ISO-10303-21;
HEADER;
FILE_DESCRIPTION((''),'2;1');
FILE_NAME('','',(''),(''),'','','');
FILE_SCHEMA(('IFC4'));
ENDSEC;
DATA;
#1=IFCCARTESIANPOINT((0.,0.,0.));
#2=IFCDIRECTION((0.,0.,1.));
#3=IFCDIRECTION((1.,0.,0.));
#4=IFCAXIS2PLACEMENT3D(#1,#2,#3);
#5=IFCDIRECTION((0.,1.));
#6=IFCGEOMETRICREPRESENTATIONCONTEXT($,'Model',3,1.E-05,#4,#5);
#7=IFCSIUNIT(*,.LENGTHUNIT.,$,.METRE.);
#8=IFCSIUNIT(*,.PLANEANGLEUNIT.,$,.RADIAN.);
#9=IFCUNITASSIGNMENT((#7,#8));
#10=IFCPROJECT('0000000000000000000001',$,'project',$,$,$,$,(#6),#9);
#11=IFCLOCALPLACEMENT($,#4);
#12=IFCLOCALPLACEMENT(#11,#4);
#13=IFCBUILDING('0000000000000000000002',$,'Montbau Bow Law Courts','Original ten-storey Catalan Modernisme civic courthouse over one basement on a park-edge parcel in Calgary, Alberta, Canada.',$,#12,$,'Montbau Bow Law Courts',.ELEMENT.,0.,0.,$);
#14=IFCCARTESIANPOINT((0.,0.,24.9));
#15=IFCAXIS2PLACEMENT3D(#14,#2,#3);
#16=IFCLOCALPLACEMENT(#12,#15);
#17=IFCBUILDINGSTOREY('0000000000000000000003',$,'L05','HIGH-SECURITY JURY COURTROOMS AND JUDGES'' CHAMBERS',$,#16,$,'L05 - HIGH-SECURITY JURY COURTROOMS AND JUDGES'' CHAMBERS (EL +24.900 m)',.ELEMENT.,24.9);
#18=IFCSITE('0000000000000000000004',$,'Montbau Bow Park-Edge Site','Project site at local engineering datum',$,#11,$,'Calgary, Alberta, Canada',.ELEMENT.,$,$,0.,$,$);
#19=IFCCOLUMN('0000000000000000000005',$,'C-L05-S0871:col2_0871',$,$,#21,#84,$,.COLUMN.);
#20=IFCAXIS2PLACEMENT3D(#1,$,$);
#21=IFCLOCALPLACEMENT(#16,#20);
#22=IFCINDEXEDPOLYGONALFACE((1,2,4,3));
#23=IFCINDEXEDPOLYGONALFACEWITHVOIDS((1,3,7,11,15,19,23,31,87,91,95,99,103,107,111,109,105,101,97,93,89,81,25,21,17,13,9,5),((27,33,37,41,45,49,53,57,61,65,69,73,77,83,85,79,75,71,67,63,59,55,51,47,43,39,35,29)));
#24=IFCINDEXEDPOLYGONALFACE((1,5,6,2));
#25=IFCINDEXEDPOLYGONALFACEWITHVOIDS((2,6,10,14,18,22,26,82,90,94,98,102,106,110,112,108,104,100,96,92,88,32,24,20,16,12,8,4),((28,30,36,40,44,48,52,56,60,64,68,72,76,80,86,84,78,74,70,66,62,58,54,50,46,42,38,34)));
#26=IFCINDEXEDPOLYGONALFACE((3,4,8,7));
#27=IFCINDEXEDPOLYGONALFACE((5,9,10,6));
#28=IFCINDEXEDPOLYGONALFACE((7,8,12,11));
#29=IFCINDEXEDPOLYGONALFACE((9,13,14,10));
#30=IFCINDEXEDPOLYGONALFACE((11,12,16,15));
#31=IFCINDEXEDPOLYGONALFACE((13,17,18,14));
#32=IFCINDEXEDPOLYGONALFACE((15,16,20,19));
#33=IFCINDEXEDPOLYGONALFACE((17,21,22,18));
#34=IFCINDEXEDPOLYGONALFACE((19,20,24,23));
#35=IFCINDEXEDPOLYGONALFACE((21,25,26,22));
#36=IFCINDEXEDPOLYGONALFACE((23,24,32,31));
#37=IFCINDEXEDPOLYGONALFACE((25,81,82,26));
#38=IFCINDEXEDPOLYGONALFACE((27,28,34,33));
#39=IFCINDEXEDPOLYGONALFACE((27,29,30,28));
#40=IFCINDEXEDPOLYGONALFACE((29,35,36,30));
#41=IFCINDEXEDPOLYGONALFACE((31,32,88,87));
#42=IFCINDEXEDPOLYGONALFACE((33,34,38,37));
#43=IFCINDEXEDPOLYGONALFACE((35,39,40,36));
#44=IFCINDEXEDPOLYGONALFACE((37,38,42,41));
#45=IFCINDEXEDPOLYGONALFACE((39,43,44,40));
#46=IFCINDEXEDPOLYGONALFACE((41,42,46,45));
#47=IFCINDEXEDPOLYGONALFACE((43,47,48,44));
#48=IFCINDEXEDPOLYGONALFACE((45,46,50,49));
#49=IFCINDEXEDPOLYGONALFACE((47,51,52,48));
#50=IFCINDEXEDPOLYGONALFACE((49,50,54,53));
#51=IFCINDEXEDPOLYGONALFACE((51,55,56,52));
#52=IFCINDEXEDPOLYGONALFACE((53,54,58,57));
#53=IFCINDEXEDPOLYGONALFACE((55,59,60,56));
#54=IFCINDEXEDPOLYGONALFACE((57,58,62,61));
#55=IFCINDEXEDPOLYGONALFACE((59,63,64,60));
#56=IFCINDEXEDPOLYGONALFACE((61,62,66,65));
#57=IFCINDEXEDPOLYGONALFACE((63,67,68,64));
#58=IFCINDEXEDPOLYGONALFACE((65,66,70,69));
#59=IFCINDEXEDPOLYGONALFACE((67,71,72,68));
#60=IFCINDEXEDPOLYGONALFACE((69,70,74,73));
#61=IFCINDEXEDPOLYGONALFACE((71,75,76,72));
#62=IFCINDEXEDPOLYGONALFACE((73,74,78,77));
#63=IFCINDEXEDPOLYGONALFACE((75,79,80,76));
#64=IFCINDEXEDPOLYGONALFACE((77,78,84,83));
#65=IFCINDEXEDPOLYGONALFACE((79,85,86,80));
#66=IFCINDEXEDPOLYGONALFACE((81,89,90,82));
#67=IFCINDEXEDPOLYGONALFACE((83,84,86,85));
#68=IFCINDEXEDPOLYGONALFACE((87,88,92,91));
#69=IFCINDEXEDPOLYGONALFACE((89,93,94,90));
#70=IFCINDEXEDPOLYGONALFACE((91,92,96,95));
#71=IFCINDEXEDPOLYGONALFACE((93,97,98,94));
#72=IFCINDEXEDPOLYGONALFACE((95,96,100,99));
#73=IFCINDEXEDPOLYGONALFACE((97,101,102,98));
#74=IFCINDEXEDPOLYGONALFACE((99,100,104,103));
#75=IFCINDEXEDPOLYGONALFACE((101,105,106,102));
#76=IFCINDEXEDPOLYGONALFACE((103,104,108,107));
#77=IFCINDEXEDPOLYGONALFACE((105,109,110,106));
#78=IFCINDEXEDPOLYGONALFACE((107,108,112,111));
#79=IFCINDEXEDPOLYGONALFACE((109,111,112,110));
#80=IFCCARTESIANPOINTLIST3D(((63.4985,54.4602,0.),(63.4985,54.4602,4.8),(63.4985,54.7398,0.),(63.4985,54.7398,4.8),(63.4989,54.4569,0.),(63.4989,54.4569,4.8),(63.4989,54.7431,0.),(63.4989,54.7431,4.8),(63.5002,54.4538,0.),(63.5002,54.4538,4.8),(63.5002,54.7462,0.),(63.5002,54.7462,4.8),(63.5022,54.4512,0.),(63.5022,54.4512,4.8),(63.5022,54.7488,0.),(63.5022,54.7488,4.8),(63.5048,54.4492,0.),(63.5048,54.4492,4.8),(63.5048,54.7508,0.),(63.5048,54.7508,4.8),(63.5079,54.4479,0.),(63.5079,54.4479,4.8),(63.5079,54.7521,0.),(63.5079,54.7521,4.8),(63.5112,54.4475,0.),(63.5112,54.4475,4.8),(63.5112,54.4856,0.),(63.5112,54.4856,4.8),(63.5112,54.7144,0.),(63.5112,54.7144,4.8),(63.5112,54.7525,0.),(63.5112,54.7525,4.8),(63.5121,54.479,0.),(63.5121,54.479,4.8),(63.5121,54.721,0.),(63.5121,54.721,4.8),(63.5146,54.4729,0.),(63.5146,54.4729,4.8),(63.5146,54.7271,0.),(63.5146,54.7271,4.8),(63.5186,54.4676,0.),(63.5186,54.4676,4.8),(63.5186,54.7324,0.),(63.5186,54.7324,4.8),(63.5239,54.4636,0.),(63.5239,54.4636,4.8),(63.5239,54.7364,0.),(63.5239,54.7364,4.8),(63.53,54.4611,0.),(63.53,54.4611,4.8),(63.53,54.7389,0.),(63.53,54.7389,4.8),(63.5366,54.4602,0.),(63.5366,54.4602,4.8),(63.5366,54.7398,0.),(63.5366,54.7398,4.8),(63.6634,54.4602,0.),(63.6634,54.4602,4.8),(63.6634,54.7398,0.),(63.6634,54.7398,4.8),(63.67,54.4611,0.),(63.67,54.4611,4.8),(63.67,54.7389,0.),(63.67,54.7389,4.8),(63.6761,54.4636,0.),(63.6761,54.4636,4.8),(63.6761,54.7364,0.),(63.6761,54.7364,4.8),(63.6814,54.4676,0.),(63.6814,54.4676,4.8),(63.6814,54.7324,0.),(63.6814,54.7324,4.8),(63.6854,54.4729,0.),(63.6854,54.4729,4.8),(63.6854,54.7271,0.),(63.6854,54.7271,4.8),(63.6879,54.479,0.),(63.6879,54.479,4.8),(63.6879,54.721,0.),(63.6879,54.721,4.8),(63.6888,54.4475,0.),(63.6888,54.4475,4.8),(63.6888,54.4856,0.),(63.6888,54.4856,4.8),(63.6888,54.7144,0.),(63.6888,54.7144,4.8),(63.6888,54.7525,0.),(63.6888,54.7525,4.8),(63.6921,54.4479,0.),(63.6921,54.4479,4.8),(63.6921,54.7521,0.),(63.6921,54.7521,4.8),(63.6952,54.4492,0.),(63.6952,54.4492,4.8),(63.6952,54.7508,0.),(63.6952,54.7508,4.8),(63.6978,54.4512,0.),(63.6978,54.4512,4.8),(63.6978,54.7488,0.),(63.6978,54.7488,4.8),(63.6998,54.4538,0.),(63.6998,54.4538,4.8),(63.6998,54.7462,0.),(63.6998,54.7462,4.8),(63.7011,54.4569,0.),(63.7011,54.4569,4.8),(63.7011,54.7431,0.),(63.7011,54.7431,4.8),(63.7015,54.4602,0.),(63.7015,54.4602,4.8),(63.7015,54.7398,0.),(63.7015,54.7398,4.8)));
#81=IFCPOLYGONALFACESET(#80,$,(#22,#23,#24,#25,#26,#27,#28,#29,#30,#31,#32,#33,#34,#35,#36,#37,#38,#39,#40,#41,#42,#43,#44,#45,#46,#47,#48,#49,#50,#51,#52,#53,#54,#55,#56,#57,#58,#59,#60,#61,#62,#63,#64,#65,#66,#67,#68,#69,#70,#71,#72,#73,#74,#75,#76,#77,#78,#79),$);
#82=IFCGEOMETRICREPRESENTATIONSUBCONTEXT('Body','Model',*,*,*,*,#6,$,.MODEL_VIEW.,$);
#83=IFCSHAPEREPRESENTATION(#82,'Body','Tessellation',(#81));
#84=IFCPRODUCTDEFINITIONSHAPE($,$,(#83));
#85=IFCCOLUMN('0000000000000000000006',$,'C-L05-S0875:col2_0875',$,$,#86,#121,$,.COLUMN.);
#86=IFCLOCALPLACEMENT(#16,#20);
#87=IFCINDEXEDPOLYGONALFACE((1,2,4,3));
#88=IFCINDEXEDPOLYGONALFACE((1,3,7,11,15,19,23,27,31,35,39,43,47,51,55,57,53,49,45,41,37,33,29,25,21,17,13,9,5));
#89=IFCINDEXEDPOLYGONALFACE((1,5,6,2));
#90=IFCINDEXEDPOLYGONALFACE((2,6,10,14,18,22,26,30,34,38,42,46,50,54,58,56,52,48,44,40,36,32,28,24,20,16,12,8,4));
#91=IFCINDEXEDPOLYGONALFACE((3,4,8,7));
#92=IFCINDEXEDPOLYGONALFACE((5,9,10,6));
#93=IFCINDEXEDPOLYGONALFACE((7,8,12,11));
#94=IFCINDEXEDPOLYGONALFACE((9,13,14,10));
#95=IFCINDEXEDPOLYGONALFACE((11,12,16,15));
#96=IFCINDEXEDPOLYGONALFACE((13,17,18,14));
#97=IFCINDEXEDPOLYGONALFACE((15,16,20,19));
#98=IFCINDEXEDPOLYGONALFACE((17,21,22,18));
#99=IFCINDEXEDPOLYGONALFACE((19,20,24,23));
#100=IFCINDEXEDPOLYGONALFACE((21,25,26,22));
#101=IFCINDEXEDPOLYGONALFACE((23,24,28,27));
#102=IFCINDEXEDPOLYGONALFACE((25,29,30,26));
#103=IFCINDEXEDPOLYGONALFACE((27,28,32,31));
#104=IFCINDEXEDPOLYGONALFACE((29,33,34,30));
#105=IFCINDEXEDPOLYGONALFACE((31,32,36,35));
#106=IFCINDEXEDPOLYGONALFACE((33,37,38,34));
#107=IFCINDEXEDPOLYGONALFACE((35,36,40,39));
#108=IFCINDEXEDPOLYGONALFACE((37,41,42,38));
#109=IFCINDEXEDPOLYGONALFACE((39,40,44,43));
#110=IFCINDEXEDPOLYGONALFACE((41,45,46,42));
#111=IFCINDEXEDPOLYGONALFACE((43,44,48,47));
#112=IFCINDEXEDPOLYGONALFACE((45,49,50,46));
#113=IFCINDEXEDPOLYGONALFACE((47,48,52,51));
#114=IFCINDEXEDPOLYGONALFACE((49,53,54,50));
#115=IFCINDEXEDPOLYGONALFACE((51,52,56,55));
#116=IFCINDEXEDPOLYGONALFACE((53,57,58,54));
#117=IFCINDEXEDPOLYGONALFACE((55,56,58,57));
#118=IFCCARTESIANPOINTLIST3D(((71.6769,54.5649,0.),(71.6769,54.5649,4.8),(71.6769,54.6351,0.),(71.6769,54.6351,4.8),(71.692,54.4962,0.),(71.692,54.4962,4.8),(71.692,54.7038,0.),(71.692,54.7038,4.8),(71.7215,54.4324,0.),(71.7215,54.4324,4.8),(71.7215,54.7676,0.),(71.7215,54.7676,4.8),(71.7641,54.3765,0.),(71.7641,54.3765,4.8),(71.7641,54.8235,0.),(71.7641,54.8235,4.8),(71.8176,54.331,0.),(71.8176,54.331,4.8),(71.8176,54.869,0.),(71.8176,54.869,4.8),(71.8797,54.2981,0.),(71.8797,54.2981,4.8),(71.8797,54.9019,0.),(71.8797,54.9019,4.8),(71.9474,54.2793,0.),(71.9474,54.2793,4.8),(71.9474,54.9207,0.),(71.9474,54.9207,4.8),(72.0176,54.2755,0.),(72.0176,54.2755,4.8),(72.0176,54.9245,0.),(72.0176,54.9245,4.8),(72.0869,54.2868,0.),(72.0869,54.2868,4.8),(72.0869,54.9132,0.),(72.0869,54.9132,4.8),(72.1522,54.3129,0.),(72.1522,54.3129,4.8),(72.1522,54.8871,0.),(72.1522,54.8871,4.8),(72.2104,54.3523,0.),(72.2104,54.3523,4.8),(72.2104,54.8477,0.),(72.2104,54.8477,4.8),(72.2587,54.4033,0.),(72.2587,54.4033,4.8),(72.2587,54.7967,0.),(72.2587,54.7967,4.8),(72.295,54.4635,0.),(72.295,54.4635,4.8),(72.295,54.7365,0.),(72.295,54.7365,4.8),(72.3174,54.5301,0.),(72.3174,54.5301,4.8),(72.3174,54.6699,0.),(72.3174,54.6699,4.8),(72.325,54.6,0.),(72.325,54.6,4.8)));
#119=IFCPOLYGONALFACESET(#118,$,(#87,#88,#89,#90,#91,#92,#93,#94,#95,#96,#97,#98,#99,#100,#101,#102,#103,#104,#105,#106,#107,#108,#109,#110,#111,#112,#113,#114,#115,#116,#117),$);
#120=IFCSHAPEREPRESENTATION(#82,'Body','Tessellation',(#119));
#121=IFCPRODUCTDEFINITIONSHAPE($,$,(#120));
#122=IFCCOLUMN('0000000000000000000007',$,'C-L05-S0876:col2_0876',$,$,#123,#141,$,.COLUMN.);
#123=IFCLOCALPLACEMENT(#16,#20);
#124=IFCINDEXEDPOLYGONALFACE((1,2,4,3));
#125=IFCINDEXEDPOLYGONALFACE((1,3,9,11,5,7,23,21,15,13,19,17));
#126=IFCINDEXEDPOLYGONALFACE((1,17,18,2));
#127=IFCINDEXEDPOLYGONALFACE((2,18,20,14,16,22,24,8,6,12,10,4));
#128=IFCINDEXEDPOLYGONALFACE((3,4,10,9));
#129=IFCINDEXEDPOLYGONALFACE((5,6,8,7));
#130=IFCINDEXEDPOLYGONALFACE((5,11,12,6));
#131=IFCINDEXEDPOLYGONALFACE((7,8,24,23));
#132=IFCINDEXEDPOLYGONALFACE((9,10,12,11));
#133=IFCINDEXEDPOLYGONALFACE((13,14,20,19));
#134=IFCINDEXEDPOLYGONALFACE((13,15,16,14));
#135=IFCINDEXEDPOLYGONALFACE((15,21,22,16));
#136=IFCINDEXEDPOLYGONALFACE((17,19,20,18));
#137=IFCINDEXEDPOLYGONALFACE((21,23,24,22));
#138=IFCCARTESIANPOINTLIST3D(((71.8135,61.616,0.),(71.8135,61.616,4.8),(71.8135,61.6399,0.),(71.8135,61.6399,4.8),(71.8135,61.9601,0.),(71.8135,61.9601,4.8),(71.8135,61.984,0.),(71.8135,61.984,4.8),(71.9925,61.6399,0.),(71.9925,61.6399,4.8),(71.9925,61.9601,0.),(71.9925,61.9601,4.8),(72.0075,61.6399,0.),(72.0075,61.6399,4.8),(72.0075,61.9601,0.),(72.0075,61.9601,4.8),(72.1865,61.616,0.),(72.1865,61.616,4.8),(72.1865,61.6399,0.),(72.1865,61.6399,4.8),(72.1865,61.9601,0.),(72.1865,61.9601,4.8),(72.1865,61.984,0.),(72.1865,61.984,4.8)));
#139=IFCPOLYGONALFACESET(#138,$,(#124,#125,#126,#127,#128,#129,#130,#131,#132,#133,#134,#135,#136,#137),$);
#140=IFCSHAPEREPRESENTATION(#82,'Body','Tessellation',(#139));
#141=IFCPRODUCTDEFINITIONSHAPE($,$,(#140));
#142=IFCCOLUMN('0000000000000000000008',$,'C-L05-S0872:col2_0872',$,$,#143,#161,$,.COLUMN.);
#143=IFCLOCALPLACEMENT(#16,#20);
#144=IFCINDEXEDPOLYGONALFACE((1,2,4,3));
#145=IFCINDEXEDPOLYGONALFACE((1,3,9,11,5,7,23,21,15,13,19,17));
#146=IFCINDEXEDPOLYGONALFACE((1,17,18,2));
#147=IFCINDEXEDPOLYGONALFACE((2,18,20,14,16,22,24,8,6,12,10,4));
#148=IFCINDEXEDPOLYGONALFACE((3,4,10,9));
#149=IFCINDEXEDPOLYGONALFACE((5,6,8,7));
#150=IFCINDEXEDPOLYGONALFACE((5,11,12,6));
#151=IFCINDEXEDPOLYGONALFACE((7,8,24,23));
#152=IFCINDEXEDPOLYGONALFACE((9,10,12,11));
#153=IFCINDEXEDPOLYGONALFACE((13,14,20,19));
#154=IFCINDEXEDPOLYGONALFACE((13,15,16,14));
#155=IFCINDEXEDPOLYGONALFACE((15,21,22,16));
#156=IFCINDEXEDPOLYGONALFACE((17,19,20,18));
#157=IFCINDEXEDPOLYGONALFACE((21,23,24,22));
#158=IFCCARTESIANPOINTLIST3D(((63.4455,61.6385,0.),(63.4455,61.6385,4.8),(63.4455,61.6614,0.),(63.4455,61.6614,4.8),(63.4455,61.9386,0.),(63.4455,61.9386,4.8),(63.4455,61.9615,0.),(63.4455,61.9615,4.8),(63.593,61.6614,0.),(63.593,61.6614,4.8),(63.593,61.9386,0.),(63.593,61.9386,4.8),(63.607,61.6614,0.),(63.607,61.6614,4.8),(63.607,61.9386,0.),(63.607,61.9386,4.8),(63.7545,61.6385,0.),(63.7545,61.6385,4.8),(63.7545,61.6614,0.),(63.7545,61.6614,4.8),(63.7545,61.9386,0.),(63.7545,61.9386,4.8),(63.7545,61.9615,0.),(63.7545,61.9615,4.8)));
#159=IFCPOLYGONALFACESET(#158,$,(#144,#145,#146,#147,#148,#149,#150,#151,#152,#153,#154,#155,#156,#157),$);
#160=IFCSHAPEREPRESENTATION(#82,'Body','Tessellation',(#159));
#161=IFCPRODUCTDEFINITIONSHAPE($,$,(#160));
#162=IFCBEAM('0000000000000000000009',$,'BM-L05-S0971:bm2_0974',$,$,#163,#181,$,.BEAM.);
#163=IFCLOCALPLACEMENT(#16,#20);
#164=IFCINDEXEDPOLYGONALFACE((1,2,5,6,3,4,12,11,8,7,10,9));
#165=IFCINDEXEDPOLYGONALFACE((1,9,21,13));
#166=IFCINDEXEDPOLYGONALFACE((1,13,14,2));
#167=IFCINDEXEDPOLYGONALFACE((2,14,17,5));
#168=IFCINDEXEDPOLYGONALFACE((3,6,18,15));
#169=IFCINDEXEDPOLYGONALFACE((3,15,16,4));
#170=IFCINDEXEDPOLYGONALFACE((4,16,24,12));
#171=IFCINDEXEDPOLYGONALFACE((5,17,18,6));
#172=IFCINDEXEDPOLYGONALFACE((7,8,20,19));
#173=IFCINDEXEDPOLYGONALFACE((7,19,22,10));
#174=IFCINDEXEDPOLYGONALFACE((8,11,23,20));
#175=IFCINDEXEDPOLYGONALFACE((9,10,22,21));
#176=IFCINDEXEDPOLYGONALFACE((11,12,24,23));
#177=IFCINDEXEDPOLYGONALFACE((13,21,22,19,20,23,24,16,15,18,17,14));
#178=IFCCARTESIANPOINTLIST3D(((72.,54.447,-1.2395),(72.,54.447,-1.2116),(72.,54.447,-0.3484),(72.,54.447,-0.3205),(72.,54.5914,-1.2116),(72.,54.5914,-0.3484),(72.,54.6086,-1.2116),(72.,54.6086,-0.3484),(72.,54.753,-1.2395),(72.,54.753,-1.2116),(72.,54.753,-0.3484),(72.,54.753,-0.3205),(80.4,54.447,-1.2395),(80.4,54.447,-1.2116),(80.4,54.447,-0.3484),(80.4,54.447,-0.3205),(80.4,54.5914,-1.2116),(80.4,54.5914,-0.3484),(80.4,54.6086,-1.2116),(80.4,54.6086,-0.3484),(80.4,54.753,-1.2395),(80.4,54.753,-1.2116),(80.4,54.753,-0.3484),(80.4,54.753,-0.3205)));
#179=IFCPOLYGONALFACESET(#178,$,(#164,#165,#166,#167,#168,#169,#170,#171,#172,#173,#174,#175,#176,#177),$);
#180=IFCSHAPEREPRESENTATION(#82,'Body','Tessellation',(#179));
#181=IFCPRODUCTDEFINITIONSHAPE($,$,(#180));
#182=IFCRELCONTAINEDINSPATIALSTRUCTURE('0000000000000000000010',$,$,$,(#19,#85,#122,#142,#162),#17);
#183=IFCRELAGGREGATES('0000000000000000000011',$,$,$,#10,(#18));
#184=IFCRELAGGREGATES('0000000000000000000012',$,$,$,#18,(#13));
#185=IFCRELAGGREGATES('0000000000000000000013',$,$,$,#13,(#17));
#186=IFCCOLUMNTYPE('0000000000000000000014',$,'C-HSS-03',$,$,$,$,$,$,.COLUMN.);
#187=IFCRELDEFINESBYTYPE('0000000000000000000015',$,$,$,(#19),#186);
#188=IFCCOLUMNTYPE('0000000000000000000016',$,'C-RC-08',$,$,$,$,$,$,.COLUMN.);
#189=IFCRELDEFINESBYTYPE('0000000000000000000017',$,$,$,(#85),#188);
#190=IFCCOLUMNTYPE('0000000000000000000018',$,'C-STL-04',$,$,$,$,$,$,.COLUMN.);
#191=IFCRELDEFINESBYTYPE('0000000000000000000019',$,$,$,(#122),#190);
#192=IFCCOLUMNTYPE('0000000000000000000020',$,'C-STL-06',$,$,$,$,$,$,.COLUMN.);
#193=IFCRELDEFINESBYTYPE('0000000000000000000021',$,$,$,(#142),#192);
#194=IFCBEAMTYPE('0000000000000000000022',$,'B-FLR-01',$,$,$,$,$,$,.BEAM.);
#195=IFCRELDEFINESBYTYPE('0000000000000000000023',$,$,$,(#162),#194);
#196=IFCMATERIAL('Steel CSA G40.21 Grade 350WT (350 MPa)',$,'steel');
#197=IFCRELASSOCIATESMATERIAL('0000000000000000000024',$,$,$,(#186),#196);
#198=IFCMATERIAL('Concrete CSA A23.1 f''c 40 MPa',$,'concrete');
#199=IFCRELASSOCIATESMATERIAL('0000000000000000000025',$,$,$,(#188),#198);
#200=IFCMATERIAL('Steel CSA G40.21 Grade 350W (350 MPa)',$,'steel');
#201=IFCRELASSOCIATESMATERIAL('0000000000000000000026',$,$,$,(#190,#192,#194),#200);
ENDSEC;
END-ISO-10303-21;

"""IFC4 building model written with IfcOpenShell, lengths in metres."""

from ifc_helpers import new_model, si_unit, direction, frame, origin_with_axes, origin_2d_with_axis, place, context, subcontext, project, spatial, hollow_rectangle, circle, i_section, extrude, material, material_profile, profile_set, type_object, element, save


model = new_model("IFC4")

# Units and contexts
model_context = context("Model", 3, precision=1e-05, world=origin_with_axes(), true_north=direction((0.0, 1.0)))
body_context = subcontext(model_context, "Body", "Model", "MODEL_VIEW")
ifc_project = project(units=[si_unit("LENGTHUNIT", "METRE"), si_unit("PLANEANGLEUNIT", "RADIAN")], contexts=[model_context])

# Site, building, storey
site_placement = place(None, origin_with_axes())
site = spatial("IfcSite", under=ifc_project, at=site_placement, Name="Montbau Bow Park-Edge Site", Description="Project site at local engineering datum", LongName="Calgary, Alberta, Canada", CompositionType="ELEMENT", RefElevation=0.0)
building_placement = place(site_placement, origin_with_axes())
building = spatial("IfcBuilding", under=site, at=building_placement, Name="Montbau Bow Law Courts", Description="Original ten-storey Catalan Modernisme civic courthouse over one basement on a park-edge parcel in Calgary, Alberta, Canada.", LongName="Montbau Bow Law Courts", CompositionType="ELEMENT", ElevationOfRefHeight=0.0, ElevationOfTerrain=0.0)
storey_placement = place(building_placement, frame((0.0, 0.0, 24.9), z_axis=(0.0, 0.0, 1.0), x_axis=(1.0, 0.0, 0.0)))
storey = spatial("IfcBuildingStorey", under=building, at=storey_placement, Name="L05", Description="HIGH-SECURITY JURY COURTROOMS AND JUDGES' CHAMBERS", LongName="L05 - HIGH-SECURITY JURY COURTROOMS AND JUDGES' CHAMBERS (EL +24.900 m)", CompositionType="ELEMENT", Elevation=24.9)

# Columns
ifc_material_1 = material(Name="Steel CSA G40.21 Grade 350WT (350 MPa)", Category="steel")
ifc_material_profile_1 = material_profile(ifc_material_1, hollow_rectangle(XDim=0.203, YDim=0.305, WallThickness=0.0127, InnerFilletRadius=0.0254, OuterFilletRadius=0.0127, at=origin_2d_with_axis()), Name="HSS305X203X13", Category="Main", Priority=0)
ifc_profile_set_1 = profile_set([ifc_material_profile_1], Name="Steel CSA G40.21 Grade 350WT (350 MPa)")
column_type_1 = type_object("IfcColumnType", Name="C-HSS-03", PredefinedType="COLUMN", material=ifc_profile_set_1)
column_1_placement = place(None, frame((63.6, 54.6, 24.9), z_axis=(0.0, 0.0, 1.0), x_axis=(1.0, 0.0, 0.0)))
element("IfcColumn", 1, at=column_1_placement, inside=storey, type_object=column_type_1, Name="C-L05-S0871:col2_0871", PredefinedType="COLUMN", context=body_context, shape_type="SweptSolid", body=[
    extrude(hollow_rectangle(XDim=0.203, YDim=0.305, WallThickness=0.0127, InnerFilletRadius=0.0254, OuterFilletRadius=0.0127, at=origin_2d_with_axis()), origin_with_axes(), (0.0, 0.0, 1.0), 4.8),
])
ifc_material_2 = material(Name="Concrete CSA A23.1 f'c 40 MPa", Category="concrete")
ifc_material_profile_2 = material_profile(ifc_material_2, circle(Radius=0.325, at=origin_2d_with_axis()), Name="RC650D", Category="Main", Priority=0)
ifc_profile_set_2 = profile_set([ifc_material_profile_2], Name="Concrete CSA A23.1 f'c 40 MPa")
column_type_2 = type_object("IfcColumnType", Name="C-RC-08", PredefinedType="COLUMN", material=ifc_profile_set_2)
column_2_placement = place(None, frame((72.0, 54.6, 24.9), z_axis=(0.0, 0.0, 1.0), x_axis=(1.0, 0.0, 0.0)))
element("IfcColumn", 2, at=column_2_placement, inside=storey, type_object=column_type_2, Name="C-L05-S0875:col2_0875", PredefinedType="COLUMN", context=body_context, shape_type="SweptSolid", body=[
    extrude(circle(Radius=0.325, at=origin_2d_with_axis()), origin_with_axes(), (0.0, 0.0, 1.0), 4.8),
])
ifc_material_3 = material(Name="Steel CSA G40.21 Grade 350W (350 MPa)", Category="steel")
ifc_material_profile_3 = material_profile(ifc_material_3, i_section(OverallWidth=0.373, OverallDepth=0.368, WebThickness=0.015, FlangeThickness=0.0239, at=origin_2d_with_axis()), Name="W360X179", Category="Main", Priority=0)
ifc_profile_set_3 = profile_set([ifc_material_profile_3], Name="Steel CSA G40.21 Grade 350W (350 MPa)")
column_type_3 = type_object("IfcColumnType", Name="C-STL-04", PredefinedType="COLUMN", material=ifc_profile_set_3)
column_3_placement = place(None, frame((72.0, 61.8, 24.9), z_axis=(0.0, 0.0, 1.0), x_axis=(1.0, 0.0, 0.0)))
element("IfcColumn", 3, at=column_3_placement, inside=storey, type_object=column_type_3, Name="C-L05-S0876:col2_0876", PredefinedType="COLUMN", context=body_context, shape_type="SweptSolid", body=[
    extrude(i_section(OverallWidth=0.373, OverallDepth=0.368, WebThickness=0.015, FlangeThickness=0.0239, at=origin_2d_with_axis()), origin_with_axes(), (0.0, 0.0, 1.0), 4.8),
])
ifc_material_profile_4 = material_profile(ifc_material_3, i_section(OverallWidth=0.309, OverallDepth=0.323, WebThickness=0.014, FlangeThickness=0.0229, at=origin_2d_with_axis()), Name="W310X143", Category="Main", Priority=0)
ifc_profile_set_4 = profile_set([ifc_material_profile_4], Name="Steel CSA G40.21 Grade 350W (350 MPa)")
column_type_4 = type_object("IfcColumnType", Name="C-STL-06", PredefinedType="COLUMN", material=ifc_profile_set_4)
column_4_placement = place(None, frame((63.6, 61.8, 24.9), z_axis=(0.0, 0.0, 1.0), x_axis=(1.0, 0.0, 0.0)))
element("IfcColumn", 4, at=column_4_placement, inside=storey, type_object=column_type_4, Name="C-L05-S0872:col2_0872", PredefinedType="COLUMN", context=body_context, shape_type="SweptSolid", body=[
    extrude(i_section(OverallWidth=0.309, OverallDepth=0.323, WebThickness=0.014, FlangeThickness=0.0229, at=origin_2d_with_axis()), origin_with_axes(), (0.0, 0.0, 1.0), 4.8),
])

# Beam
ifc_material_profile_5 = material_profile(ifc_material_3, i_section(OverallWidth=0.306, OverallDepth=0.919, WebThickness=0.0173, FlangeThickness=0.0279, at=origin_2d_with_axis()), Name="W920X253", Category="Main", Priority=0)
ifc_profile_set_5 = profile_set([ifc_material_profile_5], Name="Steel CSA G40.21 Grade 350W (350 MPa)")
beam_type_1 = type_object("IfcBeamType", Name="B-FLR-01", PredefinedType="BEAM", material=ifc_profile_set_5)
beam_1_placement = place(None, frame((72.0, 54.6, 24.12), z_axis=(1.0, 0.0, 0.0), x_axis=(0.0, 1.0, 0.0)))
element("IfcBeam", 5, at=beam_1_placement, inside=storey, type_object=beam_type_1, Name="BM-L05-S0971:bm2_0974", PredefinedType="BEAM", context=body_context, shape_type="SweptSolid", body=[
    extrude(i_section(OverallWidth=0.306, OverallDepth=0.919, WebThickness=0.0173, FlangeThickness=0.0279, at=origin_2d_with_axis()), origin_with_axes(), (0.0, 0.0, 1.0), 8.4),
])

save(model, "model.ifc")
